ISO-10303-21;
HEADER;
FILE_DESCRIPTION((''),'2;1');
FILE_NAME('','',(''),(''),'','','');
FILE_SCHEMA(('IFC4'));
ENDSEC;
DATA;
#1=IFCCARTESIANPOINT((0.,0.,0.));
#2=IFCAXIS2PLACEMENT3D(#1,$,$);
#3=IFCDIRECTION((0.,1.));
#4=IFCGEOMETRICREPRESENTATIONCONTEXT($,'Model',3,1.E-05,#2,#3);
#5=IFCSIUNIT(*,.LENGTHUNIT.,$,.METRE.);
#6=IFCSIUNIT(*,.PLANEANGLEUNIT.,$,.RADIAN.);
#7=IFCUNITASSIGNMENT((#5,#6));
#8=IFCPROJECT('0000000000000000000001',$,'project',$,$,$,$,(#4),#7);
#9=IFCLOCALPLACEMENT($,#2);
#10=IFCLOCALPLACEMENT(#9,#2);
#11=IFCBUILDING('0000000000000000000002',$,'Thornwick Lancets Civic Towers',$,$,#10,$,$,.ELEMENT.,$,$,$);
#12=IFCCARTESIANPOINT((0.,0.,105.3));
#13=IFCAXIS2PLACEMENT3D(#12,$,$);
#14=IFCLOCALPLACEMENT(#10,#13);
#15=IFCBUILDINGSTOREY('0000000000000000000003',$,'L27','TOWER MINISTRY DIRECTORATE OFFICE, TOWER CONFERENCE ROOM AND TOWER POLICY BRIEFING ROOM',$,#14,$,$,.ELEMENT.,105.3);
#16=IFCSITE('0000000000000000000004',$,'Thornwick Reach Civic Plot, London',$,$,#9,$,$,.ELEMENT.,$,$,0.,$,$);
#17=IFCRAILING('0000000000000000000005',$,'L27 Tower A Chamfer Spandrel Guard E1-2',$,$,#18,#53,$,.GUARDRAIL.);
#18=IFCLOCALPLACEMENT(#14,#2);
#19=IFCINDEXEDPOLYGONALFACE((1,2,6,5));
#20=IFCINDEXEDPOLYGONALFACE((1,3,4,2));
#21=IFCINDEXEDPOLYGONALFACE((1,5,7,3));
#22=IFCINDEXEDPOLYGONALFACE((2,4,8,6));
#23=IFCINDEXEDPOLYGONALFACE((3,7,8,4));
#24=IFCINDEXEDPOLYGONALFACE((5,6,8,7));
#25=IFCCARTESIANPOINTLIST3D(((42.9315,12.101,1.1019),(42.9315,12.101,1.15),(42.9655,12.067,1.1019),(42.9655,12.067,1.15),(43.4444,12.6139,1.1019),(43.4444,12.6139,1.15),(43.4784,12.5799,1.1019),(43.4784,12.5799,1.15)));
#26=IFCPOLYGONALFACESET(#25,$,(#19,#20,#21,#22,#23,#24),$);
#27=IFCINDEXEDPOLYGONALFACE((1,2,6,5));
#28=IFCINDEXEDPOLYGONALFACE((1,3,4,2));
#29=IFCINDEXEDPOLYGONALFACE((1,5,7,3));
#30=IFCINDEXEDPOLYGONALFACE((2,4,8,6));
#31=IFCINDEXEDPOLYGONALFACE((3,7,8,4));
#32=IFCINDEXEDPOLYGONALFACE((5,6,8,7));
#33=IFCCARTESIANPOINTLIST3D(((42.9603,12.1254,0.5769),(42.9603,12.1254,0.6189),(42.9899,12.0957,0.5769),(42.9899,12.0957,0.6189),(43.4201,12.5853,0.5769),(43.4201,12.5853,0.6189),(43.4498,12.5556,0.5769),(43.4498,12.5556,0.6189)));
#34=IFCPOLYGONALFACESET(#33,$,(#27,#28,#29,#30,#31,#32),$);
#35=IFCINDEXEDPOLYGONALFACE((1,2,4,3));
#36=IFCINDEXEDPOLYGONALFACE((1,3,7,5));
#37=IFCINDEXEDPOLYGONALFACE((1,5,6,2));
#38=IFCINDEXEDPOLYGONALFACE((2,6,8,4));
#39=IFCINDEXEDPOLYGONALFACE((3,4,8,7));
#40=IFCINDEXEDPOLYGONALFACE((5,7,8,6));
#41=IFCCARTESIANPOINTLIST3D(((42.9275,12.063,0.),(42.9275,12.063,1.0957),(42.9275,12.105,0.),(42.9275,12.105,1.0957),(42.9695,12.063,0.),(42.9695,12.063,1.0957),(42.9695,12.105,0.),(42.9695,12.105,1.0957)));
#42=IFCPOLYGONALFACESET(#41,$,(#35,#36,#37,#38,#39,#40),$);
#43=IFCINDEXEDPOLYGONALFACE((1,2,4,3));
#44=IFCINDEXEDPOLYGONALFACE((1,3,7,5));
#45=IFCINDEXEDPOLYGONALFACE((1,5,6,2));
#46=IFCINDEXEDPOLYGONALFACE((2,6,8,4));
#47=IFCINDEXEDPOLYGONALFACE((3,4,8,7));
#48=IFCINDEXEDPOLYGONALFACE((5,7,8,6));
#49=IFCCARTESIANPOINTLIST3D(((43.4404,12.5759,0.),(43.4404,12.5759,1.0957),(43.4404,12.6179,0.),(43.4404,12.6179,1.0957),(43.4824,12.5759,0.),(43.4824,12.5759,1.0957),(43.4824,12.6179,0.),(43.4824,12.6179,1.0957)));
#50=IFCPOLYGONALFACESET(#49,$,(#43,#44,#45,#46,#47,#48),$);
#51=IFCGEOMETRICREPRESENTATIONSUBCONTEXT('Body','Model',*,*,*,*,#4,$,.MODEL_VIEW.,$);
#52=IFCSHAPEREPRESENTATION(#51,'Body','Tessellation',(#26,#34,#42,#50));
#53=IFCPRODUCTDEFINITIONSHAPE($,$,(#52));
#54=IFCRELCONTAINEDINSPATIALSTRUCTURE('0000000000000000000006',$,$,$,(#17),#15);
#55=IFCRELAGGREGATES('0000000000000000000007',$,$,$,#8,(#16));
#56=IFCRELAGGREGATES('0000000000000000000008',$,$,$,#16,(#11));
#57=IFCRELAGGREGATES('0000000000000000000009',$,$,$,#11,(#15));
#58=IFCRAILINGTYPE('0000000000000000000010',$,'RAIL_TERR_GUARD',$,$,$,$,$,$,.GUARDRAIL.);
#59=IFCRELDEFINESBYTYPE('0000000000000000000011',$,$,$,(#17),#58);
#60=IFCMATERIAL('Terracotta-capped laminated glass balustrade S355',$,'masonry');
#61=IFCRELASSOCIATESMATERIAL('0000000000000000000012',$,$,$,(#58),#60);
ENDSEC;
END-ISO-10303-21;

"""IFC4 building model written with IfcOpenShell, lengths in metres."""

from ifc_helpers import new_model, si_unit, direction, frame, origin, origin_2d, place, context, subcontext, project, spatial, rectangle, extrude, material, type_object, element, save


model = new_model("IFC4")

# Units and contexts
model_context = context("Model", 3, precision=1e-05, world=origin(), true_north=direction((0.0, 1.0)))
body_context = subcontext(model_context, "Body", "Model", "MODEL_VIEW")
ifc_project = project(units=[si_unit("LENGTHUNIT", "METRE"), si_unit("PLANEANGLEUNIT", "RADIAN")], contexts=[model_context])

# Site, building, storey
site_placement = place(None, origin())
site = spatial("IfcSite", under=ifc_project, at=site_placement, Name="Thornwick Reach Civic Plot, London", CompositionType="ELEMENT", RefElevation=0.0)
building_placement = place(site_placement, origin())
building = spatial("IfcBuilding", under=site, at=building_placement, Name="Thornwick Lancets Civic Towers", CompositionType="ELEMENT")
storey_placement = place(building_placement, frame((0.0, 0.0, 105.3)))
storey = spatial("IfcBuildingStorey", under=building, at=storey_placement, Name="L27", Description="TOWER MINISTRY DIRECTORATE OFFICE, TOWER CONFERENCE ROOM AND TOWER POLICY BRIEFING ROOM", CompositionType="ELEMENT", Elevation=105.3)

# Railing
ifc_material_1 = material(Name="Terracotta-capped laminated glass balustrade S355", Category="masonry")
railing_type = type_object("IfcRailingType", Name="RAIL_TERR_GUARD", PredefinedType="GUARDRAIL", material=ifc_material_1)
railing_placement = place(storey_placement, frame((42.9485, 12.084, 0.0)))
element("IfcRailing", 1, at=railing_placement, inside=storey, type_object=railing_type, Name="L27 Tower A Chamfer Spandrel Guard E1-2", PredefinedType="GUARDRAIL", context=body_context, shape_type="SweptSolid", body=[
    extrude(rectangle(XDim=0.0481, YDim=0.0481, at=origin_2d()), frame((0.0, 0.0, 1.126), z_axis=(0.707107, 0.707107, 0.0), x_axis=(-0.707107, 0.707107, 0.0)), (0.0, 0.0, 1.0), 0.7253),
    extrude(rectangle(XDim=0.042, YDim=0.042, at=origin_2d()), frame((0.0266, 0.0266, 0.5979), z_axis=(0.707107, 0.707107, 0.0), x_axis=(-0.707107, 0.707107, 0.0)), (0.0, 0.0, 1.0), 0.6504),
    extrude(rectangle(XDim=0.042, YDim=0.042, at=origin_2d()), origin(), (0.0, 0.0, 1.0), 1.0957),
    extrude(rectangle(XDim=0.042, YDim=0.042, at=origin_2d()), frame((0.5129, 0.5129, 0.0)), (0.0, 0.0, 1.0), 1.0957),
])

save(model, "model.ifc")
